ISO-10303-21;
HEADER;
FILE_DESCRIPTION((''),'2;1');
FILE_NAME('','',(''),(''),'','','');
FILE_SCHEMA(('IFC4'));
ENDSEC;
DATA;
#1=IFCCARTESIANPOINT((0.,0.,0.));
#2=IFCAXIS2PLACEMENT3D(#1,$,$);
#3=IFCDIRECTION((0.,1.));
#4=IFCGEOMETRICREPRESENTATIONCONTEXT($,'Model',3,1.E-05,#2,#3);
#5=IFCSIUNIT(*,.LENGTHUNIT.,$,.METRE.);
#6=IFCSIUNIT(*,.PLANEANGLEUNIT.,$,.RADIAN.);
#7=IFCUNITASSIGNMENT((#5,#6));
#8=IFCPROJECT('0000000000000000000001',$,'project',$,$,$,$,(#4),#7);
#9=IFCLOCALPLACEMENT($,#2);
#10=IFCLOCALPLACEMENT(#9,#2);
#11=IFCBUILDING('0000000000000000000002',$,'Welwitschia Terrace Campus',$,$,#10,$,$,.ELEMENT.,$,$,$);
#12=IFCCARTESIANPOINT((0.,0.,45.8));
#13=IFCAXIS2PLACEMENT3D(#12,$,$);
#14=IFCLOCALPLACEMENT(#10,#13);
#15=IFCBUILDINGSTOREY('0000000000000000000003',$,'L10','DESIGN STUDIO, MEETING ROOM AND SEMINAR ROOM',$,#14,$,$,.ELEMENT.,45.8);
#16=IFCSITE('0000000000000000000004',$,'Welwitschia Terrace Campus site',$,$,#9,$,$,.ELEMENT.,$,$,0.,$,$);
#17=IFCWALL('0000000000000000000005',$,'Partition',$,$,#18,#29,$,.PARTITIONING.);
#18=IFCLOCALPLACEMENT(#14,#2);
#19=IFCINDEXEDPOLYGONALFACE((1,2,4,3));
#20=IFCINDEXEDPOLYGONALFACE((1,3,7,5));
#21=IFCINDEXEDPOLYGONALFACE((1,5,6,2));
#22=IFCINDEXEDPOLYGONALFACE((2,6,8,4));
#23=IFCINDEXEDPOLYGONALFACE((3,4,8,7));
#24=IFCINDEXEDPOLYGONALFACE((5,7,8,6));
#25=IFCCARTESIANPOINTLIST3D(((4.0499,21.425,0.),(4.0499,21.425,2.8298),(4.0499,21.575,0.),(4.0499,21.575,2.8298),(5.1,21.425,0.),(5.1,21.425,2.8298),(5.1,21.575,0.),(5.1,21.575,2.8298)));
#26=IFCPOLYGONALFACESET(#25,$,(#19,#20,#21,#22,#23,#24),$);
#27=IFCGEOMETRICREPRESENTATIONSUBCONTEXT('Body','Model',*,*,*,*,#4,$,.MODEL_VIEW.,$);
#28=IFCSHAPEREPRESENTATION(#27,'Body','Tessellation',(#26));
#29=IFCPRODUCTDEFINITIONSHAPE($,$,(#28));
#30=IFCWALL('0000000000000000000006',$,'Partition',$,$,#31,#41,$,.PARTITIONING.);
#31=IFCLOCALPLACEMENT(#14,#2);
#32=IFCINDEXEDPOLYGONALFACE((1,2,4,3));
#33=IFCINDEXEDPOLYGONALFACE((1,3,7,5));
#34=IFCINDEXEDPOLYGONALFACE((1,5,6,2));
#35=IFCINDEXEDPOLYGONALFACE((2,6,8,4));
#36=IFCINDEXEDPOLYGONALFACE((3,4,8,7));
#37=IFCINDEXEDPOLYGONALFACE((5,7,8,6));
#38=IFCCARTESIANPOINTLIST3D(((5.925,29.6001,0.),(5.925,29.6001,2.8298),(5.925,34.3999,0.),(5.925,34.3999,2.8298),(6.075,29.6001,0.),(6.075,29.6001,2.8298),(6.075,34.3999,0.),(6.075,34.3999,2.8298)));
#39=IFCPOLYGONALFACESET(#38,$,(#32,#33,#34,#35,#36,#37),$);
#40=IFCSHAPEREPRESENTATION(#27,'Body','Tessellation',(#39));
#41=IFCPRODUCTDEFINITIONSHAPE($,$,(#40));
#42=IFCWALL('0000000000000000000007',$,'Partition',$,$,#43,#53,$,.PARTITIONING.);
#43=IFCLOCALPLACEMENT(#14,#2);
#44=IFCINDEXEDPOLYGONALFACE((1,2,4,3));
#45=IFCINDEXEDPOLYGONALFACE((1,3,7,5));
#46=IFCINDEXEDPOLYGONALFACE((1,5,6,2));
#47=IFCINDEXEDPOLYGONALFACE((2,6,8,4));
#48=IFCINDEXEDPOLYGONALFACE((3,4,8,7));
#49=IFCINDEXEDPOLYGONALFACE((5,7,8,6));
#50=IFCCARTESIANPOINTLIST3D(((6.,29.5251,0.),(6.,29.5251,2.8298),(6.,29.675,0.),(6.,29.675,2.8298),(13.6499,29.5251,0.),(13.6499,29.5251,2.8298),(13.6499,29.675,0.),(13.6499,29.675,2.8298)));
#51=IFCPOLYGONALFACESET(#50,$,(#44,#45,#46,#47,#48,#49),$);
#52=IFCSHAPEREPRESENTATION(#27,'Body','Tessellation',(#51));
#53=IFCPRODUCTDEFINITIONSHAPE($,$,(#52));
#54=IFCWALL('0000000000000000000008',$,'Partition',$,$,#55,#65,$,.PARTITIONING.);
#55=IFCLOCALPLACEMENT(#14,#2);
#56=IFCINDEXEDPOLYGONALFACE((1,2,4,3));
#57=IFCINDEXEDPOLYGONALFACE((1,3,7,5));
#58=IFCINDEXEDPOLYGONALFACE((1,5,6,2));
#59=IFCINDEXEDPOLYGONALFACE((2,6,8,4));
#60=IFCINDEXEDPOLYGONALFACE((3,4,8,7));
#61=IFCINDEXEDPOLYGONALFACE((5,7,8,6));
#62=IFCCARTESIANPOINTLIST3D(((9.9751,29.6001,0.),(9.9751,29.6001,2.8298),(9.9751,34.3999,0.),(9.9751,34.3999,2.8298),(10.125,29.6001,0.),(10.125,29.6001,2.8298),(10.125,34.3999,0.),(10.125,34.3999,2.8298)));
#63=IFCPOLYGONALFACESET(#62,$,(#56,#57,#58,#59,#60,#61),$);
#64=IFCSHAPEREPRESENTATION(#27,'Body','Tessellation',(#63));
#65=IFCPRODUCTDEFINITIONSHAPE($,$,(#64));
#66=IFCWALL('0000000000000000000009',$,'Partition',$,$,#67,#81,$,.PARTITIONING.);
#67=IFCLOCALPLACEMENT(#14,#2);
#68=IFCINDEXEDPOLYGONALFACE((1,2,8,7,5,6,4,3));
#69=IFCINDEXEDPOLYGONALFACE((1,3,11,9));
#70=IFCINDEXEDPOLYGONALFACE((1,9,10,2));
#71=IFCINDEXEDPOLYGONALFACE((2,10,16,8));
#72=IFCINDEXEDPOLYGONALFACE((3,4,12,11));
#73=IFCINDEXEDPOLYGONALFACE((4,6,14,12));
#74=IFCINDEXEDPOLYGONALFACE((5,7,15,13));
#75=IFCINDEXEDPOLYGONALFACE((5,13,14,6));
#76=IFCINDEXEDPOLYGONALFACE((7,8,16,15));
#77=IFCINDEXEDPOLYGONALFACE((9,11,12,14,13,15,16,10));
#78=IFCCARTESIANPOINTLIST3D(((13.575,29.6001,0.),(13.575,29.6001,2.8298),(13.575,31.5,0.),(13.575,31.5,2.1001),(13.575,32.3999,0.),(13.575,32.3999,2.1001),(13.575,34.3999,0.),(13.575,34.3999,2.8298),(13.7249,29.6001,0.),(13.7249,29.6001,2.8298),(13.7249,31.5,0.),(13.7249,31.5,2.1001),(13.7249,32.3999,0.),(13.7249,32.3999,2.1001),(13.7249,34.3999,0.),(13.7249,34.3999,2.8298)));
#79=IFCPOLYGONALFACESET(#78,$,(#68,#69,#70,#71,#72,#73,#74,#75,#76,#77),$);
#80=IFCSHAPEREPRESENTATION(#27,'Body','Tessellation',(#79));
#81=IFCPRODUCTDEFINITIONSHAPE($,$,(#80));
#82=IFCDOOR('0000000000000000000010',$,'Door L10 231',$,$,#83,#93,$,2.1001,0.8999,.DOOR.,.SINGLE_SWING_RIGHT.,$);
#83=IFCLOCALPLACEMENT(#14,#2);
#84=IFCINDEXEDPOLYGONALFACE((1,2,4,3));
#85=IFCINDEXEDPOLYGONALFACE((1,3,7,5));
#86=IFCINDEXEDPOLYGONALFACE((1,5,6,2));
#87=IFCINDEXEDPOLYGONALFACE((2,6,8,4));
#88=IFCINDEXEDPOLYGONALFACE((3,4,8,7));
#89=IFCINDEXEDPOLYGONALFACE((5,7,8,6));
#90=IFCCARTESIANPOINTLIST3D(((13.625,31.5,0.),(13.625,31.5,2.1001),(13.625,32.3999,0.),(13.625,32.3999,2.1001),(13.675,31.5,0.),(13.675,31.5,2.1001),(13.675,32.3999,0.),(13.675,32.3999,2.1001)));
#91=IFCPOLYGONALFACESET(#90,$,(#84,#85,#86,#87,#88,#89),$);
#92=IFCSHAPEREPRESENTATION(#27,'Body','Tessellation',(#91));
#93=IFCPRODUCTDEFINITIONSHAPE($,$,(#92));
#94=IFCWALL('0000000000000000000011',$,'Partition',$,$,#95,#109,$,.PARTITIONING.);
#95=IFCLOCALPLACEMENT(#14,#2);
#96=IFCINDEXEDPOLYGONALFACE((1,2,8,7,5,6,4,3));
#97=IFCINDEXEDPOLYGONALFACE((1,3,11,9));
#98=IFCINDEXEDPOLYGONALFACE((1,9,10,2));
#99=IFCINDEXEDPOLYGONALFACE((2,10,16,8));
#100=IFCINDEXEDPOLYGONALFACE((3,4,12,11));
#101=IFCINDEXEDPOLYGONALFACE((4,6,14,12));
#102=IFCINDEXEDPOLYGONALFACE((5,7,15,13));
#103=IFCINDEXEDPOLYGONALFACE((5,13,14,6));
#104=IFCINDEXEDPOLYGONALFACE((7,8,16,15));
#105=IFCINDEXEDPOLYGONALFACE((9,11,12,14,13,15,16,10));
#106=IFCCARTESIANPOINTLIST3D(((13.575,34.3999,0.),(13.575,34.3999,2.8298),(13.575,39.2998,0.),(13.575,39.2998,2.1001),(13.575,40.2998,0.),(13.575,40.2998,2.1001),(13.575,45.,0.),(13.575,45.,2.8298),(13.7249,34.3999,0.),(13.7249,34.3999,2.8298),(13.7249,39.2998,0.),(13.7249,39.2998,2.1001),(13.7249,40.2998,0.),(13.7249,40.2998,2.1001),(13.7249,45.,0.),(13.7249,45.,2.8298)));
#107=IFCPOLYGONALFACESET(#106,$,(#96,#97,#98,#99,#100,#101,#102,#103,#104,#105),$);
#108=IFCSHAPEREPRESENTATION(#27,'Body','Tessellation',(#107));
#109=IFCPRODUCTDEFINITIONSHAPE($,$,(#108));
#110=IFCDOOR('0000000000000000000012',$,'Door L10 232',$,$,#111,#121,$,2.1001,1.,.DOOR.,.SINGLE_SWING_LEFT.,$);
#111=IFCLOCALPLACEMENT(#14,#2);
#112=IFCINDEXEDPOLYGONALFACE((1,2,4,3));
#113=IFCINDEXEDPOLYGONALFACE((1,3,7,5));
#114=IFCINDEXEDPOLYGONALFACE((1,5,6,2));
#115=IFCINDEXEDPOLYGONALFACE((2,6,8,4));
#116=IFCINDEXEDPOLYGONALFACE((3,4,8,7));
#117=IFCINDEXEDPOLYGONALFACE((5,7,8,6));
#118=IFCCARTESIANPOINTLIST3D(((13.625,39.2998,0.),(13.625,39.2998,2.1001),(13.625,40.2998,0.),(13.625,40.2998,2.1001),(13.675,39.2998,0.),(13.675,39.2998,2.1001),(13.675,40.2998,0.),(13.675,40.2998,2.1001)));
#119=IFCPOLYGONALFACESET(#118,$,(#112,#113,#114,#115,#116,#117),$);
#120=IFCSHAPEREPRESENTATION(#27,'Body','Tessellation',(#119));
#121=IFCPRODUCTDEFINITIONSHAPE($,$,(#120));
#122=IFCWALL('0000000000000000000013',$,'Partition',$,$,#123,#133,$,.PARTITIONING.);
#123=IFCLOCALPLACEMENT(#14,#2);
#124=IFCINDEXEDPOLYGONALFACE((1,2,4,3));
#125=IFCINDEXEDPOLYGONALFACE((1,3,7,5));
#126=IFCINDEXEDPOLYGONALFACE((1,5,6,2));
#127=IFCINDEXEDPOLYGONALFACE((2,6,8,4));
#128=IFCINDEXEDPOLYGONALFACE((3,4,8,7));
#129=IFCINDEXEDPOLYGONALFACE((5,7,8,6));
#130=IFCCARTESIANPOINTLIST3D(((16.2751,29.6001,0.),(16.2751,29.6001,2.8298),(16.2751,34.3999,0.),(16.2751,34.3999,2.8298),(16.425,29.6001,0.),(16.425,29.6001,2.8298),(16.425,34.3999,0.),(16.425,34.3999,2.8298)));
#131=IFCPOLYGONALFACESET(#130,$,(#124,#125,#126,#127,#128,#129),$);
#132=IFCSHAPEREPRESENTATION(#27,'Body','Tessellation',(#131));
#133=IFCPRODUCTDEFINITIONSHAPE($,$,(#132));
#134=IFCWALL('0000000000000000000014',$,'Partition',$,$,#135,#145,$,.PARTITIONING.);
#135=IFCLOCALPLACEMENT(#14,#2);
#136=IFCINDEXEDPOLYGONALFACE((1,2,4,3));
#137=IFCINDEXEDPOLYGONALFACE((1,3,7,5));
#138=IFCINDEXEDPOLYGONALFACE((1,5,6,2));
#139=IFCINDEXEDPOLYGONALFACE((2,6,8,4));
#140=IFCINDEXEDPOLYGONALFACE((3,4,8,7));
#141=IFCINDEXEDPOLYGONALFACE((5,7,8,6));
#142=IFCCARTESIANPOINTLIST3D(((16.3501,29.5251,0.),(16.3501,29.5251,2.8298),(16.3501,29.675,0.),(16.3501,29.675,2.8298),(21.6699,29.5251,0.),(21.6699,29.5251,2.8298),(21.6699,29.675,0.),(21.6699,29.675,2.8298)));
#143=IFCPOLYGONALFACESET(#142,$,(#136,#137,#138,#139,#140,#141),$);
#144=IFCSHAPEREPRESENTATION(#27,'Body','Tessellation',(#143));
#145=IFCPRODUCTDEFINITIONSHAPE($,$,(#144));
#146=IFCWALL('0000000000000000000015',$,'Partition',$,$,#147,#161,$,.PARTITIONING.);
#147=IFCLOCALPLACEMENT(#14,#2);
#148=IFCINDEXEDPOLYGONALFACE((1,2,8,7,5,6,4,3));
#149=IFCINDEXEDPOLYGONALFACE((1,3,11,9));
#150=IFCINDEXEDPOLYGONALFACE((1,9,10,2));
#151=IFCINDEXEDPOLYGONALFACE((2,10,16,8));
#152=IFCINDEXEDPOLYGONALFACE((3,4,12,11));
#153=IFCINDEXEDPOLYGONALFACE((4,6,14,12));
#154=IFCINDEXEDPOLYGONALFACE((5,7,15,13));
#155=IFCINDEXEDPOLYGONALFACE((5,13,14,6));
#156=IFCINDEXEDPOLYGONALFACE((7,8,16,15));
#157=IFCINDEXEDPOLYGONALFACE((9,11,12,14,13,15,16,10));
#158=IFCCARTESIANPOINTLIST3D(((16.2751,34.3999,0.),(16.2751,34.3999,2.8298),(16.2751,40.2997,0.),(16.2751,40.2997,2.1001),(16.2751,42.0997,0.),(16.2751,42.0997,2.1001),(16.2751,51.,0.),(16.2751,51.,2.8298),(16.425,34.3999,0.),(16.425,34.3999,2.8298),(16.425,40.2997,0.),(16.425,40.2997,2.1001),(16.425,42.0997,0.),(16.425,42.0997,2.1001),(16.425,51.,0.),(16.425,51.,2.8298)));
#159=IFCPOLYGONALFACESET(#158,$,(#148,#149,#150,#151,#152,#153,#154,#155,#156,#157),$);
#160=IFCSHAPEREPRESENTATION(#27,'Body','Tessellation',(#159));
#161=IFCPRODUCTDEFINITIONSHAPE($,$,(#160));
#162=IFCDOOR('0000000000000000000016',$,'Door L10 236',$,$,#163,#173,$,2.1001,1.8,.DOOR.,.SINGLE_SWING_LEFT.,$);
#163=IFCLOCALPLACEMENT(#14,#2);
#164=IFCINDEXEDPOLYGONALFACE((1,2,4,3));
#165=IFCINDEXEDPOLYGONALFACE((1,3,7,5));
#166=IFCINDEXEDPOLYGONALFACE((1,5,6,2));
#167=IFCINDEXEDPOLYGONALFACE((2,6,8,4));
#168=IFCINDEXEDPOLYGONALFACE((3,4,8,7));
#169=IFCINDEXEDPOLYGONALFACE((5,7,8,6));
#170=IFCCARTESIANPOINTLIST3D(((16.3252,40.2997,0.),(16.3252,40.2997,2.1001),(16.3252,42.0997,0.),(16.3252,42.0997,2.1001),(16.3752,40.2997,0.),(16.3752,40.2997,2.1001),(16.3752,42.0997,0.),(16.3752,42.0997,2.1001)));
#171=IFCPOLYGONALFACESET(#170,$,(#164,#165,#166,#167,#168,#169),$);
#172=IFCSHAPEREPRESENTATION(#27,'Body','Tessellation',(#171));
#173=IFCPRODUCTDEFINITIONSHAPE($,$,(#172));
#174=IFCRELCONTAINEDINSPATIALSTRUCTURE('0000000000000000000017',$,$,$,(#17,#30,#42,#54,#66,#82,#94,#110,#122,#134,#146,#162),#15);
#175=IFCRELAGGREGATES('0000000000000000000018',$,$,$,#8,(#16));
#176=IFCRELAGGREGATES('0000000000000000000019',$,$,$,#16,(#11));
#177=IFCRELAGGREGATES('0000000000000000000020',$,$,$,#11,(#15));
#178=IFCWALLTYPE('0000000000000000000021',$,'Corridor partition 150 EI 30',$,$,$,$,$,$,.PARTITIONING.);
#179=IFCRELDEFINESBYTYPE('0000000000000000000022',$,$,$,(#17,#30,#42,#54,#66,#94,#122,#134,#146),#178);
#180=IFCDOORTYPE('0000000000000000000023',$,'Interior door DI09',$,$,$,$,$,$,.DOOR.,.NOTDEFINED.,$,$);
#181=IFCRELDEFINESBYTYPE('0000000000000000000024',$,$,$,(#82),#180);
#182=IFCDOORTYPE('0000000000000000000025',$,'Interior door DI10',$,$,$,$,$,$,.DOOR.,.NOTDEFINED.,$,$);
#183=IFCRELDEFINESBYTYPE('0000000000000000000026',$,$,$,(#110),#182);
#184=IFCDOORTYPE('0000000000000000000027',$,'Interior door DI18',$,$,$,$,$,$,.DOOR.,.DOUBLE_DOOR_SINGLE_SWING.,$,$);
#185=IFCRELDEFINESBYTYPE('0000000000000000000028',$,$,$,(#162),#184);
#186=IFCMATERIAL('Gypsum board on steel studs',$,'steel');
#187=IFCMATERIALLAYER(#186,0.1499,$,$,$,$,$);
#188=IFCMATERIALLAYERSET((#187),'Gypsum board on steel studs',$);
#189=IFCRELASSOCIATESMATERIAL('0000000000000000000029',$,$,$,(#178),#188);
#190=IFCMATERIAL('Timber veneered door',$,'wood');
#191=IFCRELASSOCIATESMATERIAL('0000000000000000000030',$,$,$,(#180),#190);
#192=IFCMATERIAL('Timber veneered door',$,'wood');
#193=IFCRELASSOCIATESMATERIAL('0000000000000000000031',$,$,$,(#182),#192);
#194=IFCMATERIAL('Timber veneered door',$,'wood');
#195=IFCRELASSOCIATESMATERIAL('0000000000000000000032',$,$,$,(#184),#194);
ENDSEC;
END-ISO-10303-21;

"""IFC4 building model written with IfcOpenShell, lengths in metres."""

from ifc_helpers import new_model, si_unit, direction, frame, frame_2d, origin, place, context, subcontext, project, spatial, rectangle, extrude, material, layer, layer_set, type_object, element, fill, save


model = new_model("IFC4")

# Units and contexts
model_context = context("Model", 3, precision=1e-05, world=origin(), true_north=direction((0.0, 1.0)))
body_context = subcontext(model_context, "Body", "Model", "MODEL_VIEW")
ifc_project = project(units=[si_unit("LENGTHUNIT", "METRE"), si_unit("PLANEANGLEUNIT", "RADIAN")], contexts=[model_context])

# Site, building, storey
site_placement = place(None, origin())
site = spatial("IfcSite", under=ifc_project, at=site_placement, Name="Welwitschia Terrace Campus site", CompositionType="ELEMENT", RefElevation=0.0)
building_placement = place(site_placement, origin())
building = spatial("IfcBuilding", under=site, at=building_placement, Name="Welwitschia Terrace Campus", CompositionType="ELEMENT")
storey_placement = place(building_placement, frame((0.0, 0.0, 45.8)))
storey = spatial("IfcBuildingStorey", under=building, at=storey_placement, Name="L10", Description="DESIGN STUDIO, MEETING ROOM AND SEMINAR ROOM", CompositionType="ELEMENT", Elevation=45.8)

# Walls
ifc_material_1 = material(Name="Gypsum board on steel studs", Category="steel")
ifc_layer_1 = layer(ifc_material_1, 0.1499)
ifc_layer_set_1 = layer_set([ifc_layer_1], Name="Gypsum board on steel studs")
wall_type_1 = type_object("IfcWallType", Name="Corridor partition 150 EI 30", PredefinedType="PARTITIONING", material=ifc_layer_set_1)
wall_1_placement = place(storey_placement, frame((4.05, 21.5, 0.0), z_axis=(0.0, 0.0, 1.0), x_axis=(1.0, 0.0, 0.0)))
element("IfcWall", 1, at=wall_1_placement, inside=storey, type_object=wall_type_1, Name="Partition", PredefinedType="PARTITIONING", context=body_context, shape_type="SweptSolid", body=[
    extrude(rectangle(XDim=1.05, YDim=0.1499, at=frame_2d((0.5249, 0.0))), origin(), (0.0, 0.0, 1.0), 2.8298),
])
wall_2_placement = place(storey_placement, frame((6.0, 29.6001, 0.0), z_axis=(0.0, 0.0, 1.0), x_axis=(0.0, 1.0, 0.0)))
element("IfcWall", 2, at=wall_2_placement, inside=storey, type_object=wall_type_1, Name="Partition", PredefinedType="PARTITIONING", context=body_context, shape_type="SweptSolid", body=[
    extrude(rectangle(XDim=4.7998, YDim=0.1499, at=frame_2d((2.3999, 0.0))), origin(), (0.0, 0.0, 1.0), 2.8298),
])
wall_3_placement = place(storey_placement, frame((6.0, 29.6001, 0.0), z_axis=(0.0, 0.0, 1.0), x_axis=(1.0, 0.0, 0.0)))
element("IfcWall", 3, at=wall_3_placement, inside=storey, type_object=wall_type_1, Name="Partition", PredefinedType="PARTITIONING", context=body_context, shape_type="SweptSolid", body=[
    extrude(rectangle(XDim=7.6499, YDim=0.1499, at=frame_2d((3.825, 0.0))), origin(), (0.0, 0.0, 1.0), 2.8298),
])
wall_4_placement = place(storey_placement, frame((10.05, 29.6001, 0.0), z_axis=(0.0, 0.0, 1.0), x_axis=(0.0, 1.0, 0.0)))
element("IfcWall", 4, at=wall_4_placement, inside=storey, type_object=wall_type_1, Name="Partition", PredefinedType="PARTITIONING", context=body_context, shape_type="SweptSolid", body=[
    extrude(rectangle(XDim=4.7998, YDim=0.1499, at=frame_2d((2.3999, 0.0))), origin(), (0.0, 0.0, 1.0), 2.8298),
])

# Walls, openings, doors
wall_5_placement = place(storey_placement, frame((13.6499, 29.6001, 0.0), z_axis=(0.0, 0.0, 1.0), x_axis=(0.0, 1.0, 0.0)))
wall_5 = element("IfcWall", 5, at=wall_5_placement, inside=storey, type_object=wall_type_1, Name="Partition", PredefinedType="PARTITIONING", context=body_context, shape_type="SweptSolid", body=[
    extrude(rectangle(XDim=4.7998, YDim=0.1499, at=frame_2d((2.3999, 0.0))), origin(), (0.0, 0.0, 1.0), 2.8298),
])
opening_1_placement = place(wall_5_placement, frame((1.8999, 0.0, 0.0)))
opening_1 = element("IfcOpeningElement", 6, at=opening_1_placement, cuts=wall_5, PredefinedType="OPENING", context=body_context, shape_type="SweptSolid", body=[
    extrude(rectangle(XDim=0.8999, YDim=2.1001, at=frame_2d((0.45, 1.05))), frame((0.0, 0.085, 0.0), z_axis=(0.0, -1.0, 0.0), x_axis=(1.0, 0.0, 0.0)), (0.0, 0.0, 1.0), 0.1699),
])
ifc_material_2 = material(Name="Timber veneered door", Category="wood")
door_type_1 = type_object("IfcDoorType", Name="Interior door DI09", OperationType="NOTDEFINED", PredefinedType="DOOR", material=ifc_material_2)
door_1_placement = place(opening_1_placement, origin())
door_1 = element("IfcDoor", 7, at=door_1_placement, inside=storey, type_object=door_type_1, Name="Door L10 231", OperationType="SINGLE_SWING_RIGHT", OverallHeight=2.1001, OverallWidth=0.8999, PredefinedType="DOOR", context=body_context, shape_type="SweptSolid", body=[
    extrude(rectangle(XDim=0.8999, YDim=2.1001, at=frame_2d((0.45, 1.05))), frame((0.0, 0.0249, 0.0), z_axis=(0.0, -1.0, 0.0), x_axis=(1.0, 0.0, 0.0)), (0.0, 0.0, 1.0), 0.05),
])
fill(opening_1, door_1)
wall_6_placement = place(storey_placement, frame((13.6499, 34.3999, 0.0), z_axis=(0.0, 0.0, 1.0), x_axis=(0.0, 1.0, 0.0)))
wall_6 = element("IfcWall", 8, at=wall_6_placement, inside=storey, type_object=wall_type_1, Name="Partition", PredefinedType="PARTITIONING", context=body_context, shape_type="SweptSolid", body=[
    extrude(rectangle(XDim=10.6001, YDim=0.1499, at=frame_2d((5.3, 0.0))), origin(), (0.0, 0.0, 1.0), 2.8298),
])
opening_2_placement = place(wall_6_placement, frame((4.8999, 0.0, 0.0)))
opening_2 = element("IfcOpeningElement", 9, at=opening_2_placement, cuts=wall_6, PredefinedType="OPENING", context=body_context, shape_type="SweptSolid", body=[
    extrude(rectangle(XDim=1.0, YDim=2.1001, at=frame_2d((0.5, 1.05))), frame((0.0, 0.085, 0.0), z_axis=(0.0, -1.0, 0.0), x_axis=(1.0, 0.0, 0.0)), (0.0, 0.0, 1.0), 0.1699),
])
ifc_material_3 = material(Name="Timber veneered door", Category="wood")
door_type_2 = type_object("IfcDoorType", Name="Interior door DI10", OperationType="NOTDEFINED", PredefinedType="DOOR", material=ifc_material_3)
door_2_placement = place(opening_2_placement, origin())
door_2 = element("IfcDoor", 10, at=door_2_placement, inside=storey, type_object=door_type_2, Name="Door L10 232", OperationType="SINGLE_SWING_LEFT", OverallHeight=2.1001, OverallWidth=1.0, PredefinedType="DOOR", context=body_context, shape_type="SweptSolid", body=[
    extrude(rectangle(XDim=1.0, YDim=2.1001, at=frame_2d((0.5, 1.05))), frame((0.0, 0.0249, 0.0), z_axis=(0.0, -1.0, 0.0), x_axis=(1.0, 0.0, 0.0)), (0.0, 0.0, 1.0), 0.05),
])
fill(opening_2, door_2)

# Walls
wall_7_placement = place(storey_placement, frame((16.3501, 29.6001, 0.0), z_axis=(0.0, 0.0, 1.0), x_axis=(0.0, 1.0, 0.0)))
element("IfcWall", 11, at=wall_7_placement, inside=storey, type_object=wall_type_1, Name="Partition", PredefinedType="PARTITIONING", context=body_context, shape_type="SweptSolid", body=[
    extrude(rectangle(XDim=4.7998, YDim=0.1499, at=frame_2d((2.3999, 0.0))), origin(), (0.0, 0.0, 1.0), 2.8298),
])
wall_8_placement = place(storey_placement, frame((16.3501, 29.6001, 0.0), z_axis=(0.0, 0.0, 1.0), x_axis=(1.0, 0.0, 0.0)))
element("IfcWall", 12, at=wall_8_placement, inside=storey, type_object=wall_type_1, Name="Partition", PredefinedType="PARTITIONING", context=body_context, shape_type="SweptSolid", body=[
    extrude(rectangle(XDim=5.3198, YDim=0.1499, at=frame_2d((2.6599, 0.0))), origin(), (0.0, 0.0, 1.0), 2.8298),
])

# Wall, opening, door
wall_9_placement = place(storey_placement, frame((16.3501, 34.3999, 0.0), z_axis=(0.0, 0.0, 1.0), x_axis=(0.0, 1.0, 0.0)))
wall_9 = element("IfcWall", 13, at=wall_9_placement, inside=storey, type_object=wall_type_1, Name="Partition", PredefinedType="PARTITIONING", context=body_context, shape_type="SweptSolid", body=[
    extrude(rectangle(XDim=16.6001, YDim=0.1499, at=frame_2d((8.3, 0.0))), origin(), (0.0, 0.0, 1.0), 2.8298),
])
opening_3_placement = place(wall_9_placement, frame((5.8999, 0.0, 0.0)))
opening_3 = element("IfcOpeningElement", 14, at=opening_3_placement, cuts=wall_9, PredefinedType="OPENING", context=body_context, shape_type="SweptSolid", body=[
    extrude(rectangle(XDim=1.8, YDim=2.1001, at=frame_2d((0.8999, 1.05))), frame((0.0, 0.085, 0.0), z_axis=(0.0, -1.0, 0.0), x_axis=(1.0, 0.0, 0.0)), (0.0, 0.0, 1.0), 0.1699),
])
ifc_material_4 = material(Name="Timber veneered door", Category="wood")
door_type_3 = type_object("IfcDoorType", Name="Interior door DI18", OperationType="DOUBLE_DOOR_SINGLE_SWING", PredefinedType="DOOR", material=ifc_material_4)
door_3_placement = place(opening_3_placement, origin())
door_3 = element("IfcDoor", 15, at=door_3_placement, inside=storey, type_object=door_type_3, Name="Door L10 236", OperationType="SINGLE_SWING_LEFT", OverallHeight=2.1001, OverallWidth=1.8, PredefinedType="DOOR", context=body_context, shape_type="SweptSolid", body=[
    extrude(rectangle(XDim=1.8, YDim=2.1001, at=frame_2d((0.8999, 1.05))), frame((0.0, 0.0249, 0.0), z_axis=(0.0, -1.0, 0.0), x_axis=(1.0, 0.0, 0.0)), (0.0, 0.0, 1.0), 0.05),
])
fill(opening_3, door_3)

save(model, "model.ifc")
